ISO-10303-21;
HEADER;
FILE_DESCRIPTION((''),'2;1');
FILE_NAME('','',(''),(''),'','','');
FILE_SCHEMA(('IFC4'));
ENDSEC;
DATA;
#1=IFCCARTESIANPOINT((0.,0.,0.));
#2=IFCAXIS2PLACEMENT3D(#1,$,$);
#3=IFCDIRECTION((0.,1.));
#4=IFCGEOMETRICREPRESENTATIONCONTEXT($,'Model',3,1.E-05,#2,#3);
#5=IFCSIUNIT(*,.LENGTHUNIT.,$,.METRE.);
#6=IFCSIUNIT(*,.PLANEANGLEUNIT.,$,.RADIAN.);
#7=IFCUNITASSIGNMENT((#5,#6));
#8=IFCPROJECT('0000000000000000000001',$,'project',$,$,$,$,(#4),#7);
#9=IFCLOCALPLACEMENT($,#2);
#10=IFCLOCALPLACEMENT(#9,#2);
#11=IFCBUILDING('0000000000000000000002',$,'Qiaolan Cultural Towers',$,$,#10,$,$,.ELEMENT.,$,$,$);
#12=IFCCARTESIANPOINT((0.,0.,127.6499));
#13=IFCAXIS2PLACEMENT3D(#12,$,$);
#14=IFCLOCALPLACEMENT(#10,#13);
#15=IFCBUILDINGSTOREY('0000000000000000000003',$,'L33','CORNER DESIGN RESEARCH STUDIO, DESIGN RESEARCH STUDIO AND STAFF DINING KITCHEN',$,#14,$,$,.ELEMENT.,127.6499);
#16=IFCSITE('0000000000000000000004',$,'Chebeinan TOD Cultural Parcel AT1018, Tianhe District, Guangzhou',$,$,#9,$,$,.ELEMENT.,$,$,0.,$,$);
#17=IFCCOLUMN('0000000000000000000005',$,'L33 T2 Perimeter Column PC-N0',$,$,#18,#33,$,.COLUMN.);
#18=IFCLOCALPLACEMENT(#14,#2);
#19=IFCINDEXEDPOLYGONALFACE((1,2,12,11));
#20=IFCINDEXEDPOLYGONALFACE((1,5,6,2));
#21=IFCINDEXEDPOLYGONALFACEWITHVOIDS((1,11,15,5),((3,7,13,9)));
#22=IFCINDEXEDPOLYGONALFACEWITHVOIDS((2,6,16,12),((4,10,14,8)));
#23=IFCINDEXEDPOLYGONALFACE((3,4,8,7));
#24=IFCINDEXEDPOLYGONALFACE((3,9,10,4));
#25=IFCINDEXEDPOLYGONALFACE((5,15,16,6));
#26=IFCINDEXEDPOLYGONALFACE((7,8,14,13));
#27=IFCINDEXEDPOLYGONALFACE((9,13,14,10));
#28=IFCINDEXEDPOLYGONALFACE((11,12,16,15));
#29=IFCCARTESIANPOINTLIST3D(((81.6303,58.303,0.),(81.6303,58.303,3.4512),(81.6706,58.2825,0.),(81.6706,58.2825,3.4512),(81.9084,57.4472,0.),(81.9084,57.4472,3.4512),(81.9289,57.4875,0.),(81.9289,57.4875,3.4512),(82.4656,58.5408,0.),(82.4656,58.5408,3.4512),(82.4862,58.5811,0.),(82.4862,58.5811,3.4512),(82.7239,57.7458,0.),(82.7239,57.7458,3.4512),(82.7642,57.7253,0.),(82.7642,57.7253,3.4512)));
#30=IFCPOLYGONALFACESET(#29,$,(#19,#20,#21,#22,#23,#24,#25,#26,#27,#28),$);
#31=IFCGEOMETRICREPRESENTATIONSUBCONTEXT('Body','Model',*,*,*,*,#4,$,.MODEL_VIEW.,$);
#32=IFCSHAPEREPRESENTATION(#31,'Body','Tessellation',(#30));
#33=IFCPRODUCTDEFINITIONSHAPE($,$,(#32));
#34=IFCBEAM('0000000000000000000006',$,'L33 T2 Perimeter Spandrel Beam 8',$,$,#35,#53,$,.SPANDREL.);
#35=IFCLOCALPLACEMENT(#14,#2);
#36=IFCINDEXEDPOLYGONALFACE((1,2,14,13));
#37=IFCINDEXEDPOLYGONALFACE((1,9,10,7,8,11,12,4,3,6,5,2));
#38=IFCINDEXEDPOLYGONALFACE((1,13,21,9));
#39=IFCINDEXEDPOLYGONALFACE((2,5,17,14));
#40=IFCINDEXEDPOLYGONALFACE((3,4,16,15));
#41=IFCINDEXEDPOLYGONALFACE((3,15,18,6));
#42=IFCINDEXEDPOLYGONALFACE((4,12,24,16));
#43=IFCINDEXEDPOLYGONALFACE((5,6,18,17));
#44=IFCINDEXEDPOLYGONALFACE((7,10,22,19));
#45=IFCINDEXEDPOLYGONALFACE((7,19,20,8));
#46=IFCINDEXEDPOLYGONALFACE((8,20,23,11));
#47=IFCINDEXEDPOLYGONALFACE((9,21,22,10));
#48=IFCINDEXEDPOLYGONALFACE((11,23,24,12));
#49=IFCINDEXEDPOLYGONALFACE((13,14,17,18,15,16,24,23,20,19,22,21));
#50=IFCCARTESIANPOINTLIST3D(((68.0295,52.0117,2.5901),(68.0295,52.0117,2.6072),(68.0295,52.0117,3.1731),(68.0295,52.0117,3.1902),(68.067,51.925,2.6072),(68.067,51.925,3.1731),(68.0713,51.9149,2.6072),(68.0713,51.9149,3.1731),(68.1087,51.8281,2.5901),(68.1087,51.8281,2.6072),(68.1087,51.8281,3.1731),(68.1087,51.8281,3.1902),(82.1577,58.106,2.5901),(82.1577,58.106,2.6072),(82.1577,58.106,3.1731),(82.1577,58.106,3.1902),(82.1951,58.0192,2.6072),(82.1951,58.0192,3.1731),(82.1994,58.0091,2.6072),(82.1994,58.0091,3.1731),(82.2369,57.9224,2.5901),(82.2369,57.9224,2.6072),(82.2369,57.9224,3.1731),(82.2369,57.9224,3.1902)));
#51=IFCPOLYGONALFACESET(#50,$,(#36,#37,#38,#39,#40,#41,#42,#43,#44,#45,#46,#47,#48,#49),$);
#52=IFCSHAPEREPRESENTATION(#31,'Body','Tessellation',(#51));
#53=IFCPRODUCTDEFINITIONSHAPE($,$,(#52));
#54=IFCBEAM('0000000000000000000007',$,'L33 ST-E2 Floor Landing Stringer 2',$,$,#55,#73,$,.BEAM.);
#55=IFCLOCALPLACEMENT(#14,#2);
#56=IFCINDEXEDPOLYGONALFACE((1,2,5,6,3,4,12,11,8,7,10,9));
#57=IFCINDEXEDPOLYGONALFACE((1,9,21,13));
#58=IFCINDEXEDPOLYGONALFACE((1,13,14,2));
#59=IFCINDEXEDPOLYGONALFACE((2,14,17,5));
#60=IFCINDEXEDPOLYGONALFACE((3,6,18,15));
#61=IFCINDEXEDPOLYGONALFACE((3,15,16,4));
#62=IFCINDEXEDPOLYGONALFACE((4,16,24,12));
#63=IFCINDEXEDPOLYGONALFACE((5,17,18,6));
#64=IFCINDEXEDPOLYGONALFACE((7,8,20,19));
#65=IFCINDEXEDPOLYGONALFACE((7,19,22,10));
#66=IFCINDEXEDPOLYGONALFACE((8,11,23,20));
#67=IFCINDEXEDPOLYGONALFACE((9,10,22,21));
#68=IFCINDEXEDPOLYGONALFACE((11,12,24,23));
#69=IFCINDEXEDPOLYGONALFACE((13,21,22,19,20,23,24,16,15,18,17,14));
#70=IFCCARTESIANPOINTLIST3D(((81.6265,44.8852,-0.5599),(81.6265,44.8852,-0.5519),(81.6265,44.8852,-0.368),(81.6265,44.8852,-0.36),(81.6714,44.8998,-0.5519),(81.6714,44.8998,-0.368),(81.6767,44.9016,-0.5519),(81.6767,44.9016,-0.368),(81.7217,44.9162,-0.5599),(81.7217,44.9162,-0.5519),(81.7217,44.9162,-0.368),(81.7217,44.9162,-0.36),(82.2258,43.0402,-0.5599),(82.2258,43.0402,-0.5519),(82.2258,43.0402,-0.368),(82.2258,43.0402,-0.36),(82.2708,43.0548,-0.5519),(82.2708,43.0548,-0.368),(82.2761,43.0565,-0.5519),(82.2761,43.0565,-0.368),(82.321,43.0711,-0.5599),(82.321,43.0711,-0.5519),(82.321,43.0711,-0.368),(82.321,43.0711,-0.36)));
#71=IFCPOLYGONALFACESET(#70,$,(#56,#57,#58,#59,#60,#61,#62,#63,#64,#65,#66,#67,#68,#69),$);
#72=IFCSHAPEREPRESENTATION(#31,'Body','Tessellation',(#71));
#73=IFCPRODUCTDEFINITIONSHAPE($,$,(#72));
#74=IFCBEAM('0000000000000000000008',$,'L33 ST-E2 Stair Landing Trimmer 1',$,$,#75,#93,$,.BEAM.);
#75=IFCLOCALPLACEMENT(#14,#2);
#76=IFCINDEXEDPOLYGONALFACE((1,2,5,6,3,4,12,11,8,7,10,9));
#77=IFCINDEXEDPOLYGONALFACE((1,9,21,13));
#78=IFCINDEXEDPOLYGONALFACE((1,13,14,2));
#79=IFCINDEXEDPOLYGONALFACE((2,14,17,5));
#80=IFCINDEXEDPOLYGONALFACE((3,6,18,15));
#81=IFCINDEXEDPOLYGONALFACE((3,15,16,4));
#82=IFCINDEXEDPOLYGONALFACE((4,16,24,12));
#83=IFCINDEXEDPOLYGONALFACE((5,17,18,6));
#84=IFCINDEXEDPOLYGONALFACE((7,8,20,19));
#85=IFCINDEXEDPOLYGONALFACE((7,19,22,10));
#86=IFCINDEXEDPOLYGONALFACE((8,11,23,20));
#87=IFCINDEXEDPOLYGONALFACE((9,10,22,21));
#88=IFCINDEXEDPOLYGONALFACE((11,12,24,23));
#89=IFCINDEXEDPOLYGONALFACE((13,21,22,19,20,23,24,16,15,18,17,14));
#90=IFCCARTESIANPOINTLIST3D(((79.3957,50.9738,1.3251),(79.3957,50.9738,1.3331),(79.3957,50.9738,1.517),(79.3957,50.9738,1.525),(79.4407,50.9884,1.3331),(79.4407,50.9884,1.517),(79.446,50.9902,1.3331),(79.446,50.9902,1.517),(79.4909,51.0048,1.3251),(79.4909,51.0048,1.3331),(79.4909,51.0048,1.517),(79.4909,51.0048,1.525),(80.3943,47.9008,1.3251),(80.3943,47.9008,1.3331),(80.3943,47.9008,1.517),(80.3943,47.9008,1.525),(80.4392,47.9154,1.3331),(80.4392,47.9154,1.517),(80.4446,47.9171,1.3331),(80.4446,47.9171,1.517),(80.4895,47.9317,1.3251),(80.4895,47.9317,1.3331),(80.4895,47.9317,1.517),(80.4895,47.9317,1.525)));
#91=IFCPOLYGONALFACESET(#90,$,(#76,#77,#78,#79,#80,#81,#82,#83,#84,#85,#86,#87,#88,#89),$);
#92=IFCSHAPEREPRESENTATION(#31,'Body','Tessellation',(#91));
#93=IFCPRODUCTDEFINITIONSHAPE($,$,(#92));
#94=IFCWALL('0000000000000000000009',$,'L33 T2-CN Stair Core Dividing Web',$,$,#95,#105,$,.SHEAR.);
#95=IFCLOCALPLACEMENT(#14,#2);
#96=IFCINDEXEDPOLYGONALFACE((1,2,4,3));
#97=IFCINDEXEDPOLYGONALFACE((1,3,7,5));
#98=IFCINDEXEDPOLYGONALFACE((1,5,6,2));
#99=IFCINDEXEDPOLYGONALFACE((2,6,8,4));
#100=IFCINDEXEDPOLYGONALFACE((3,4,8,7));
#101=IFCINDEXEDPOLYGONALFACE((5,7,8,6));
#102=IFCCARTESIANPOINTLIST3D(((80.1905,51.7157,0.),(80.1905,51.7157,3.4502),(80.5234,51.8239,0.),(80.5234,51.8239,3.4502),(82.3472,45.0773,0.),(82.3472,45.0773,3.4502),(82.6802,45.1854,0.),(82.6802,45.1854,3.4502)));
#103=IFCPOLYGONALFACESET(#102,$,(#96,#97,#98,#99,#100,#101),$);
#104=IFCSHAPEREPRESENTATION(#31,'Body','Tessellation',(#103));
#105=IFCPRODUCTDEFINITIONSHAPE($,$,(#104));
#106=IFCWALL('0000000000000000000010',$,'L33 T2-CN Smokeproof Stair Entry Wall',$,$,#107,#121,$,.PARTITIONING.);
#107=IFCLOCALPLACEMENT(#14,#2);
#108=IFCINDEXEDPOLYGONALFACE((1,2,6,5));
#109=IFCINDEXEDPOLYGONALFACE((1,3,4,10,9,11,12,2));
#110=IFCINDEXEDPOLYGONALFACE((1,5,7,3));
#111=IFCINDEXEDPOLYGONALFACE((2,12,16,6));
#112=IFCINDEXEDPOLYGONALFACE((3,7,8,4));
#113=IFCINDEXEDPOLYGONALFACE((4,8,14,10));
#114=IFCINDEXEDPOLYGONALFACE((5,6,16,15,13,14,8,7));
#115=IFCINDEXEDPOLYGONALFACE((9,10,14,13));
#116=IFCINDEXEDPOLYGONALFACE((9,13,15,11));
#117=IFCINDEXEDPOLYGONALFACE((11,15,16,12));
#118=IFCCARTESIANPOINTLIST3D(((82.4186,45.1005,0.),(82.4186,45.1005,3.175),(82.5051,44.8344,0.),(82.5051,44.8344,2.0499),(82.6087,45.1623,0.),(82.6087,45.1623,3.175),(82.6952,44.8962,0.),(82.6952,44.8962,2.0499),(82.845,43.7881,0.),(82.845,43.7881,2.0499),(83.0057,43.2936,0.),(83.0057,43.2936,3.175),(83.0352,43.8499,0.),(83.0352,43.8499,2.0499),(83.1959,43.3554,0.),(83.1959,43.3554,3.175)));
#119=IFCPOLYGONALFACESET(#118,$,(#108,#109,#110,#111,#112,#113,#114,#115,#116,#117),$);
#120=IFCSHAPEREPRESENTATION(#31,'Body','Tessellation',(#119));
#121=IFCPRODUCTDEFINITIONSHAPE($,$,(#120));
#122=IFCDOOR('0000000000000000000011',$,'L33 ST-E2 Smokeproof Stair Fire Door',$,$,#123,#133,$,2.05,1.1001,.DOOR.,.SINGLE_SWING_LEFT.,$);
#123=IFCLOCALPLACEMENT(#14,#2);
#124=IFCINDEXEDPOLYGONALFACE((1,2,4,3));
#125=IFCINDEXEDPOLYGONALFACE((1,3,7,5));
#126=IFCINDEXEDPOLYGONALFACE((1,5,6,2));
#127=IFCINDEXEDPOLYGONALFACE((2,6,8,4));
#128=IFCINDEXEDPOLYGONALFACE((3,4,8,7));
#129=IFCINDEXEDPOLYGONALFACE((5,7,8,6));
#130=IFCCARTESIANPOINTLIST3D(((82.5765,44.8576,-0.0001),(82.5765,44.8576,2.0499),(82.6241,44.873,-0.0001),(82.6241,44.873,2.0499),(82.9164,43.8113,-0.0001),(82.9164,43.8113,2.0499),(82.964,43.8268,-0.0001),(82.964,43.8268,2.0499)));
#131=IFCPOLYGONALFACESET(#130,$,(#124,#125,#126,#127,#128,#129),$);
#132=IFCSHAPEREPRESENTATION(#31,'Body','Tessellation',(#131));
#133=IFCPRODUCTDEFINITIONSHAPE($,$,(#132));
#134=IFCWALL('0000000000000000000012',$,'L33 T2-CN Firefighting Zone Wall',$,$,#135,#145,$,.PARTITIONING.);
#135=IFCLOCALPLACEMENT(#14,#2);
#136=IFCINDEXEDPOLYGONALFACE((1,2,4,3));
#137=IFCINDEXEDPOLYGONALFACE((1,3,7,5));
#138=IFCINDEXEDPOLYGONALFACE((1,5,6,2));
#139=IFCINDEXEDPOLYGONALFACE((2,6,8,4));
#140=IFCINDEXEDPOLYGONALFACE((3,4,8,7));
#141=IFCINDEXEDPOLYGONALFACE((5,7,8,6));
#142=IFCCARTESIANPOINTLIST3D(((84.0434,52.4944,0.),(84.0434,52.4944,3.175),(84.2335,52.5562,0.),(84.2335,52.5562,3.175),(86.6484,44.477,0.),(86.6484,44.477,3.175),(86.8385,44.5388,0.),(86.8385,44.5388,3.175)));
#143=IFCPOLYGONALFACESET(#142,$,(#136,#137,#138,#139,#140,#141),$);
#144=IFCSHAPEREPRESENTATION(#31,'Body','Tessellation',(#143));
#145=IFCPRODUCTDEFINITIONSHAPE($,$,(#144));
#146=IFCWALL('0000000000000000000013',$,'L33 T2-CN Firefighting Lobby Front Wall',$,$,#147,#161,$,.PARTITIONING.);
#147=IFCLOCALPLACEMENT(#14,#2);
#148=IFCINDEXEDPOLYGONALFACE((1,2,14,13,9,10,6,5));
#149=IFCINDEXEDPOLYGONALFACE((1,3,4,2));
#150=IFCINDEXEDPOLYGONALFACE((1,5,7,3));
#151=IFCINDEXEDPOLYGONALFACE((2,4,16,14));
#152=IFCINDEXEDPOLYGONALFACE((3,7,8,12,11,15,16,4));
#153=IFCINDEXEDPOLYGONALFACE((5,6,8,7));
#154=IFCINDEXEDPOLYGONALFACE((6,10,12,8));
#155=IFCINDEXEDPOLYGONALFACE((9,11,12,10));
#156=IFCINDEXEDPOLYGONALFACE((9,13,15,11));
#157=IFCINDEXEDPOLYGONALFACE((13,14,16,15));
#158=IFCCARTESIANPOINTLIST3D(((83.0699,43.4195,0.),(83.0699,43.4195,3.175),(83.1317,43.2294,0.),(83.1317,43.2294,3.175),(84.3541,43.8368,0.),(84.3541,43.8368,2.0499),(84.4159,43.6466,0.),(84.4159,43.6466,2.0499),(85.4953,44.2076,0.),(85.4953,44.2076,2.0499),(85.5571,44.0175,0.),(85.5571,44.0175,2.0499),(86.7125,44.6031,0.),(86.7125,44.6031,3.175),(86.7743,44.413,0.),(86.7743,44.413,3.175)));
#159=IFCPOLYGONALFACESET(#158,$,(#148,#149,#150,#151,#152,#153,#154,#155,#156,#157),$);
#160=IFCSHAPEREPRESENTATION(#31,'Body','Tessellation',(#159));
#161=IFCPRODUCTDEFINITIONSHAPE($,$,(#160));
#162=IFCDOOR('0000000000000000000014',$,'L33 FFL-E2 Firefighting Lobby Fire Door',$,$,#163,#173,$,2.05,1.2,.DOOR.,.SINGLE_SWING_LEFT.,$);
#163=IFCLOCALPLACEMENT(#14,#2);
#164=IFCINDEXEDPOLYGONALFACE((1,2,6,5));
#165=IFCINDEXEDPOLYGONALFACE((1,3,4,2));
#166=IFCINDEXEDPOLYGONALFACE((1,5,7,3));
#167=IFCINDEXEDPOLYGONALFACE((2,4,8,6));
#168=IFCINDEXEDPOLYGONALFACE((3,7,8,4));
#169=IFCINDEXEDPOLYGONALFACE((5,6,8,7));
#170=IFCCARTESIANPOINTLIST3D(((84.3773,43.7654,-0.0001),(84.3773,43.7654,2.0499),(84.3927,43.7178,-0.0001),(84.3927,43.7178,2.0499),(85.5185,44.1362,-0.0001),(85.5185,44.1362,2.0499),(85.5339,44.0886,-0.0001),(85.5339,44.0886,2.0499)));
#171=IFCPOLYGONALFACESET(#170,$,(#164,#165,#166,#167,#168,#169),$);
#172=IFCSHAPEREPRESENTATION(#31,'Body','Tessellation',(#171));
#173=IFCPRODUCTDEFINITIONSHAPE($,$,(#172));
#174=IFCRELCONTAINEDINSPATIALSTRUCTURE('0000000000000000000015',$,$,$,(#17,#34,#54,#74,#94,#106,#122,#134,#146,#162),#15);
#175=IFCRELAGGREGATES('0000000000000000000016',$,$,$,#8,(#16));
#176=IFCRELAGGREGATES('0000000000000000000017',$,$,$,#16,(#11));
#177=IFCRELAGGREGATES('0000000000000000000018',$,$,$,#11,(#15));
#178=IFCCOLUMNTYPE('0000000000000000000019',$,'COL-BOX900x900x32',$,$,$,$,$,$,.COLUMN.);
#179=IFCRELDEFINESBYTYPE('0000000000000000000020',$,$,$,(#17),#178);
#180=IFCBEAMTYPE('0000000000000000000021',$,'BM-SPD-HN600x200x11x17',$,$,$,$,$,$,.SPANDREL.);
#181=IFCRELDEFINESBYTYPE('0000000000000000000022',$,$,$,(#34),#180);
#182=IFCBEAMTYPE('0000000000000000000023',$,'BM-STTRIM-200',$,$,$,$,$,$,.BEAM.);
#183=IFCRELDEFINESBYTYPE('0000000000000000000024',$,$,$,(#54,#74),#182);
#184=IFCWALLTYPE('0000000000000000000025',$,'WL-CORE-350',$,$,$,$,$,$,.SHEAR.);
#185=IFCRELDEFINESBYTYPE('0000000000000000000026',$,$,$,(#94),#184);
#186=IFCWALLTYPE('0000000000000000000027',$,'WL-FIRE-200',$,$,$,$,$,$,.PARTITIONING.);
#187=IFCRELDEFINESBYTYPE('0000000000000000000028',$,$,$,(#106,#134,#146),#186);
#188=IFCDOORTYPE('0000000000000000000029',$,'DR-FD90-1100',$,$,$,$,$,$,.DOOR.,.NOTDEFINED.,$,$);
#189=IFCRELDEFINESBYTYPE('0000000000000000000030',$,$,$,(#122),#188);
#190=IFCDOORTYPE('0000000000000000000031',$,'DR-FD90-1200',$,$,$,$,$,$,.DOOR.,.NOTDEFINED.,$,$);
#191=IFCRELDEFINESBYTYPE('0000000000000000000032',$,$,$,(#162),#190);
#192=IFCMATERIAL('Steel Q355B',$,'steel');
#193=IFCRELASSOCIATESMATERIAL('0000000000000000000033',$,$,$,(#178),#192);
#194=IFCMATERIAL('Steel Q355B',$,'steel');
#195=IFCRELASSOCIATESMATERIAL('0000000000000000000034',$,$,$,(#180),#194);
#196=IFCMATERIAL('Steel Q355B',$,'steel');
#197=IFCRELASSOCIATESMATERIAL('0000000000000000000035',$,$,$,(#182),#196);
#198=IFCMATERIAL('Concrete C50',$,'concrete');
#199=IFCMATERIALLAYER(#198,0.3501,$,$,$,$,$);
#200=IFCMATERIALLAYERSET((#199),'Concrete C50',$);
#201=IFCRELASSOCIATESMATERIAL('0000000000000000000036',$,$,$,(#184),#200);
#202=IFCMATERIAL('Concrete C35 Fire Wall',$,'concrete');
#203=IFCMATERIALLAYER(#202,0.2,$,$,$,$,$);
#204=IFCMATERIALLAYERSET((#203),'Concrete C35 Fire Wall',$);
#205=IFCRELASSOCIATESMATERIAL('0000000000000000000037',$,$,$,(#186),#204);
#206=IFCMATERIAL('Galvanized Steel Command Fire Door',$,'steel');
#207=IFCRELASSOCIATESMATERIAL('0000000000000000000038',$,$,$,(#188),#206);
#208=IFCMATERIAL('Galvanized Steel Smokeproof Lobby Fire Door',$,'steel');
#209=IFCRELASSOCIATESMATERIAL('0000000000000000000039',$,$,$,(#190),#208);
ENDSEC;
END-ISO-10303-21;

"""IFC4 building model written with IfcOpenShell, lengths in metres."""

from ifc_helpers import new_model, si_unit, direction, frame, frame_2d, origin, origin_2d, place, context, subcontext, project, spatial, rectangle, hollow_rectangle, i_section, extrude, material, layer, layer_set, material_profile, profile_set, type_object, element, fill, save


model = new_model("IFC4")

# Units and contexts
model_context = context("Model", 3, precision=1e-05, world=origin(), true_north=direction((0.0, 1.0)))
body_context = subcontext(model_context, "Body", "Model", "MODEL_VIEW")
ifc_project = project(units=[si_unit("LENGTHUNIT", "METRE"), si_unit("PLANEANGLEUNIT", "RADIAN")], contexts=[model_context])

# Site, building, storey
site_placement = place(None, origin())
site = spatial("IfcSite", under=ifc_project, at=site_placement, Name="Chebeinan TOD Cultural Parcel AT1018, Tianhe District, Guangzhou", CompositionType="ELEMENT", RefElevation=0.0)
building_placement = place(site_placement, origin())
building = spatial("IfcBuilding", under=site, at=building_placement, Name="Qiaolan Cultural Towers", CompositionType="ELEMENT")
storey_placement = place(building_placement, frame((0.0, 0.0, 127.6499)))
storey = spatial("IfcBuildingStorey", under=building, at=storey_placement, Name="L33", Description="CORNER DESIGN RESEARCH STUDIO, DESIGN RESEARCH STUDIO AND STAFF DINING KITCHEN", CompositionType="ELEMENT", Elevation=127.6499)

# Column
ifc_material_1 = material(Name="Steel Q355B", Category="steel")
ifc_material_profile_1 = material_profile(ifc_material_1, hollow_rectangle(XDim=0.8999, YDim=0.8999, WallThickness=0.032, at=origin_2d()), Name="BOX900x900x32")
ifc_profile_set_1 = profile_set([ifc_material_profile_1], Name="Steel Q355B")
column_type = type_object("IfcColumnType", Name="COL-BOX900x900x32", PredefinedType="COLUMN", material=ifc_profile_set_1)
column_placement = place(storey_placement, frame((82.1973, 58.0142, 0.0), z_axis=(0.0, 0.0, 1.0), x_axis=(0.951057, 0.309017, 0.0)))
element("IfcColumn", 1, at=column_placement, inside=storey, type_object=column_type, Name="L33 T2 Perimeter Column PC-N0", PredefinedType="COLUMN", context=body_context, shape_type="SweptSolid", body=[
    extrude(hollow_rectangle(XDim=0.8999, YDim=0.8999, WallThickness=0.032, at=origin_2d()), origin(), (0.0, 0.0, 1.0), 3.4512),
])

# Beams
ifc_material_2 = material(Name="Steel Q355B", Category="steel")
ifc_material_profile_2 = material_profile(ifc_material_2, i_section(OverallWidth=0.2, OverallDepth=0.6001, WebThickness=0.011, FlangeThickness=0.0171, at=origin_2d()), Name="HN600x200x11x17")
ifc_profile_set_2 = profile_set([ifc_material_profile_2], Name="Steel Q355B")
beam_type_1 = type_object("IfcBeamType", Name="BM-SPD-HN600x200x11x17", PredefinedType="SPANDREL", material=ifc_profile_set_2)
beam_1_placement = place(storey_placement, frame((82.1973, 58.0142, 2.8901), z_axis=(-0.918218, -0.396076, 0.0), x_axis=(0.396076, -0.918218, 0.0)))
element("IfcBeam", 2, at=beam_1_placement, inside=storey, type_object=beam_type_1, Name="L33 T2 Perimeter Spandrel Beam 8", PredefinedType="SPANDREL", context=body_context, shape_type="SweptSolid", body=[
    extrude(i_section(OverallWidth=0.2, OverallDepth=0.6001, WebThickness=0.011, FlangeThickness=0.0171, at=origin_2d()), origin(), (0.0, 0.0, 1.0), 15.3865),
])
ifc_material_3 = material(Name="Steel Q355B", Category="steel")
ifc_material_profile_3 = material_profile(ifc_material_3, i_section(OverallWidth=0.1001, OverallDepth=0.2, WebThickness=0.0056, FlangeThickness=0.0081, at=origin_2d()), Name="HN200x100x5.5x8")
ifc_profile_set_3 = profile_set([ifc_material_profile_3], Name="Steel Q355B")
beam_type_2 = type_object("IfcBeamType", Name="BM-STTRIM-200", PredefinedType="BEAM", material=ifc_profile_set_3)
beam_2_placement = place(storey_placement, frame((82.2734, 43.0557, -0.46), z_axis=(-0.308969, 0.951072, 0.0), x_axis=(-0.951072, -0.308969, 0.0)))
element("IfcBeam", 3, at=beam_2_placement, inside=storey, type_object=beam_type_2, Name="L33 ST-E2 Floor Landing Stringer 2", PredefinedType="BEAM", context=body_context, shape_type="SweptSolid", body=[
    extrude(i_section(OverallWidth=0.1001, OverallDepth=0.2, WebThickness=0.0056, FlangeThickness=0.0081, at=origin_2d()), origin(), (0.0, 0.0, 1.0), 1.9399),
])
beam_3_placement = place(storey_placement, frame((80.4419, 47.9163, 1.425), z_axis=(-0.309033, 0.951051, 0.0), x_axis=(-0.951051, -0.309033, 0.0)))
element("IfcBeam", 4, at=beam_3_placement, inside=storey, type_object=beam_type_2, Name="L33 ST-E2 Stair Landing Trimmer 1", PredefinedType="BEAM", context=body_context, shape_type="SweptSolid", body=[
    extrude(i_section(OverallWidth=0.1001, OverallDepth=0.2, WebThickness=0.0056, FlangeThickness=0.0081, at=origin_2d()), origin(), (0.0, 0.0, 1.0), 3.2312),
])

# Wall
ifc_material_4 = material(Name="Concrete C50", Category="concrete")
ifc_layer_1 = layer(ifc_material_4, 0.3501)
ifc_layer_set_1 = layer_set([ifc_layer_1], Name="Concrete C50")
wall_type_1 = type_object("IfcWallType", Name="WL-CORE-350", PredefinedType="SHEAR", material=ifc_layer_set_1)
wall_1_placement = place(storey_placement, frame((82.5137, 45.1313, 0.0), z_axis=(0.0, 0.0, 1.0), x_axis=(-0.308989, 0.951066, 0.0)))
element("IfcWall", 5, at=wall_1_placement, inside=storey, type_object=wall_type_1, Name="L33 T2-CN Stair Core Dividing Web", PredefinedType="SHEAR", context=body_context, shape_type="SweptSolid", body=[
    extrude(rectangle(XDim=6.98, YDim=0.3501, at=frame_2d((3.49, 0.0))), origin(), (0.0, 0.0, 1.0), 3.4502),
])

# Wall, opening, door
ifc_material_5 = material(Name="Concrete C35 Fire Wall", Category="concrete")
ifc_layer_2 = layer(ifc_material_5, 0.2)
ifc_layer_set_2 = layer_set([ifc_layer_2], Name="Concrete C35 Fire Wall")
wall_type_2 = type_object("IfcWallType", Name="WL-FIRE-200", PredefinedType="PARTITIONING", material=ifc_layer_set_2)
wall_2_placement = place(storey_placement, frame((83.1008, 43.3245, 0.0), z_axis=(0.0, 0.0, 1.0), x_axis=(-0.309048, 0.951046, 0.0)))
wall_2 = element("IfcWall", 6, at=wall_2_placement, inside=storey, type_object=wall_type_2, Name="L33 T2-CN Smokeproof Stair Entry Wall", PredefinedType="PARTITIONING", context=body_context, shape_type="SweptSolid", body=[
    extrude(rectangle(XDim=1.8999, YDim=0.2, at=frame_2d((0.95, 0.0))), origin(), (0.0, 0.0, 1.0), 3.175),
])
opening_1_placement = place(wall_2_placement, frame((0.52, 0.0, 0.0)))
opening_1 = element("IfcOpeningElement", 7, at=opening_1_placement, cuts=wall_2, PredefinedType="OPENING", context=body_context, shape_type="SweptSolid", body=[
    extrude(rectangle(XDim=1.1001, YDim=2.05, at=frame_2d((0.55, 1.0249))), frame((0.0, 0.1099, 0.0), z_axis=(0.0, -1.0, 0.0), x_axis=(1.0, 0.0, 0.0)), (0.0, 0.0, 1.0), 0.22),
])
ifc_material_6 = material(Name="Galvanized Steel Command Fire Door", Category="steel")
door_type_1 = type_object("IfcDoorType", Name="DR-FD90-1100", OperationType="NOTDEFINED", PredefinedType="DOOR", material=ifc_material_6)
door_1_placement = place(opening_1_placement, origin())
door_1 = element("IfcDoor", 8, at=door_1_placement, inside=storey, type_object=door_type_1, Name="L33 ST-E2 Smokeproof Stair Fire Door", OperationType="SINGLE_SWING_LEFT", OverallHeight=2.05, OverallWidth=1.1001, PredefinedType="DOOR", context=body_context, shape_type="SweptSolid", body=[
    extrude(rectangle(XDim=1.1001, YDim=2.05, at=frame_2d((0.55, 1.0249))), frame((0.0, 0.0249, 0.0), z_axis=(0.0, -1.0, 0.0), x_axis=(1.0, 0.0, 0.0)), (0.0, 0.0, 1.0), 0.05),
])
fill(opening_1, door_1)

# Wall
wall_3_placement = place(storey_placement, frame((86.7434, 44.5081, 0.0), z_axis=(0.0, 0.0, 1.0), x_axis=(-0.309016, 0.951057, 0.0)))
element("IfcWall", 9, at=wall_3_placement, inside=storey, type_object=wall_type_2, Name="L33 T2-CN Firefighting Zone Wall", PredefinedType="PARTITIONING", context=body_context, shape_type="SweptSolid", body=[
    extrude(rectangle(XDim=8.4299, YDim=0.2, at=frame_2d((4.2148, 0.0))), origin(), (0.0, 0.0, 1.0), 3.175),
])

# Wall, opening, door
wall_4_placement = place(storey_placement, frame((83.1008, 43.3245, 0.0), z_axis=(0.0, 0.0, 1.0), x_axis=(0.951053, 0.309028, 0.0)))
wall_4 = element("IfcWall", 10, at=wall_4_placement, inside=storey, type_object=wall_type_2, Name="L33 T2-CN Firefighting Lobby Front Wall", PredefinedType="PARTITIONING", context=body_context, shape_type="SweptSolid", body=[
    extrude(rectangle(XDim=3.8301, YDim=0.2, at=frame_2d((1.915, 0.0))), origin(), (0.0, 0.0, 1.0), 3.175),
])
opening_2_placement = place(wall_4_placement, frame((1.3501, 0.0, 0.0)))
opening_2 = element("IfcOpeningElement", 11, at=opening_2_placement, cuts=wall_4, PredefinedType="OPENING", context=body_context, shape_type="SweptSolid", body=[
    extrude(rectangle(XDim=1.2, YDim=2.05, at=frame_2d((0.6001, 1.0249))), frame((0.0, 0.1099, 0.0), z_axis=(0.0, -1.0, 0.0), x_axis=(1.0, 0.0, 0.0)), (0.0, 0.0, 1.0), 0.22),
])
ifc_material_7 = material(Name="Galvanized Steel Smokeproof Lobby Fire Door", Category="steel")
door_type_2 = type_object("IfcDoorType", Name="DR-FD90-1200", OperationType="NOTDEFINED", PredefinedType="DOOR", material=ifc_material_7)
door_2_placement = place(opening_2_placement, origin())
door_2 = element("IfcDoor", 12, at=door_2_placement, inside=storey, type_object=door_type_2, Name="L33 FFL-E2 Firefighting Lobby Fire Door", OperationType="SINGLE_SWING_LEFT", OverallHeight=2.05, OverallWidth=1.2, PredefinedType="DOOR", context=body_context, shape_type="SweptSolid", body=[
    extrude(rectangle(XDim=1.2, YDim=2.05, at=frame_2d((0.6001, 1.0249))), frame((0.0, 0.0249, 0.0), z_axis=(0.0, -1.0, 0.0), x_axis=(1.0, 0.0, 0.0)), (0.0, 0.0, 1.0), 0.05),
])
fill(opening_2, door_2)

save(model, "model.ifc")
